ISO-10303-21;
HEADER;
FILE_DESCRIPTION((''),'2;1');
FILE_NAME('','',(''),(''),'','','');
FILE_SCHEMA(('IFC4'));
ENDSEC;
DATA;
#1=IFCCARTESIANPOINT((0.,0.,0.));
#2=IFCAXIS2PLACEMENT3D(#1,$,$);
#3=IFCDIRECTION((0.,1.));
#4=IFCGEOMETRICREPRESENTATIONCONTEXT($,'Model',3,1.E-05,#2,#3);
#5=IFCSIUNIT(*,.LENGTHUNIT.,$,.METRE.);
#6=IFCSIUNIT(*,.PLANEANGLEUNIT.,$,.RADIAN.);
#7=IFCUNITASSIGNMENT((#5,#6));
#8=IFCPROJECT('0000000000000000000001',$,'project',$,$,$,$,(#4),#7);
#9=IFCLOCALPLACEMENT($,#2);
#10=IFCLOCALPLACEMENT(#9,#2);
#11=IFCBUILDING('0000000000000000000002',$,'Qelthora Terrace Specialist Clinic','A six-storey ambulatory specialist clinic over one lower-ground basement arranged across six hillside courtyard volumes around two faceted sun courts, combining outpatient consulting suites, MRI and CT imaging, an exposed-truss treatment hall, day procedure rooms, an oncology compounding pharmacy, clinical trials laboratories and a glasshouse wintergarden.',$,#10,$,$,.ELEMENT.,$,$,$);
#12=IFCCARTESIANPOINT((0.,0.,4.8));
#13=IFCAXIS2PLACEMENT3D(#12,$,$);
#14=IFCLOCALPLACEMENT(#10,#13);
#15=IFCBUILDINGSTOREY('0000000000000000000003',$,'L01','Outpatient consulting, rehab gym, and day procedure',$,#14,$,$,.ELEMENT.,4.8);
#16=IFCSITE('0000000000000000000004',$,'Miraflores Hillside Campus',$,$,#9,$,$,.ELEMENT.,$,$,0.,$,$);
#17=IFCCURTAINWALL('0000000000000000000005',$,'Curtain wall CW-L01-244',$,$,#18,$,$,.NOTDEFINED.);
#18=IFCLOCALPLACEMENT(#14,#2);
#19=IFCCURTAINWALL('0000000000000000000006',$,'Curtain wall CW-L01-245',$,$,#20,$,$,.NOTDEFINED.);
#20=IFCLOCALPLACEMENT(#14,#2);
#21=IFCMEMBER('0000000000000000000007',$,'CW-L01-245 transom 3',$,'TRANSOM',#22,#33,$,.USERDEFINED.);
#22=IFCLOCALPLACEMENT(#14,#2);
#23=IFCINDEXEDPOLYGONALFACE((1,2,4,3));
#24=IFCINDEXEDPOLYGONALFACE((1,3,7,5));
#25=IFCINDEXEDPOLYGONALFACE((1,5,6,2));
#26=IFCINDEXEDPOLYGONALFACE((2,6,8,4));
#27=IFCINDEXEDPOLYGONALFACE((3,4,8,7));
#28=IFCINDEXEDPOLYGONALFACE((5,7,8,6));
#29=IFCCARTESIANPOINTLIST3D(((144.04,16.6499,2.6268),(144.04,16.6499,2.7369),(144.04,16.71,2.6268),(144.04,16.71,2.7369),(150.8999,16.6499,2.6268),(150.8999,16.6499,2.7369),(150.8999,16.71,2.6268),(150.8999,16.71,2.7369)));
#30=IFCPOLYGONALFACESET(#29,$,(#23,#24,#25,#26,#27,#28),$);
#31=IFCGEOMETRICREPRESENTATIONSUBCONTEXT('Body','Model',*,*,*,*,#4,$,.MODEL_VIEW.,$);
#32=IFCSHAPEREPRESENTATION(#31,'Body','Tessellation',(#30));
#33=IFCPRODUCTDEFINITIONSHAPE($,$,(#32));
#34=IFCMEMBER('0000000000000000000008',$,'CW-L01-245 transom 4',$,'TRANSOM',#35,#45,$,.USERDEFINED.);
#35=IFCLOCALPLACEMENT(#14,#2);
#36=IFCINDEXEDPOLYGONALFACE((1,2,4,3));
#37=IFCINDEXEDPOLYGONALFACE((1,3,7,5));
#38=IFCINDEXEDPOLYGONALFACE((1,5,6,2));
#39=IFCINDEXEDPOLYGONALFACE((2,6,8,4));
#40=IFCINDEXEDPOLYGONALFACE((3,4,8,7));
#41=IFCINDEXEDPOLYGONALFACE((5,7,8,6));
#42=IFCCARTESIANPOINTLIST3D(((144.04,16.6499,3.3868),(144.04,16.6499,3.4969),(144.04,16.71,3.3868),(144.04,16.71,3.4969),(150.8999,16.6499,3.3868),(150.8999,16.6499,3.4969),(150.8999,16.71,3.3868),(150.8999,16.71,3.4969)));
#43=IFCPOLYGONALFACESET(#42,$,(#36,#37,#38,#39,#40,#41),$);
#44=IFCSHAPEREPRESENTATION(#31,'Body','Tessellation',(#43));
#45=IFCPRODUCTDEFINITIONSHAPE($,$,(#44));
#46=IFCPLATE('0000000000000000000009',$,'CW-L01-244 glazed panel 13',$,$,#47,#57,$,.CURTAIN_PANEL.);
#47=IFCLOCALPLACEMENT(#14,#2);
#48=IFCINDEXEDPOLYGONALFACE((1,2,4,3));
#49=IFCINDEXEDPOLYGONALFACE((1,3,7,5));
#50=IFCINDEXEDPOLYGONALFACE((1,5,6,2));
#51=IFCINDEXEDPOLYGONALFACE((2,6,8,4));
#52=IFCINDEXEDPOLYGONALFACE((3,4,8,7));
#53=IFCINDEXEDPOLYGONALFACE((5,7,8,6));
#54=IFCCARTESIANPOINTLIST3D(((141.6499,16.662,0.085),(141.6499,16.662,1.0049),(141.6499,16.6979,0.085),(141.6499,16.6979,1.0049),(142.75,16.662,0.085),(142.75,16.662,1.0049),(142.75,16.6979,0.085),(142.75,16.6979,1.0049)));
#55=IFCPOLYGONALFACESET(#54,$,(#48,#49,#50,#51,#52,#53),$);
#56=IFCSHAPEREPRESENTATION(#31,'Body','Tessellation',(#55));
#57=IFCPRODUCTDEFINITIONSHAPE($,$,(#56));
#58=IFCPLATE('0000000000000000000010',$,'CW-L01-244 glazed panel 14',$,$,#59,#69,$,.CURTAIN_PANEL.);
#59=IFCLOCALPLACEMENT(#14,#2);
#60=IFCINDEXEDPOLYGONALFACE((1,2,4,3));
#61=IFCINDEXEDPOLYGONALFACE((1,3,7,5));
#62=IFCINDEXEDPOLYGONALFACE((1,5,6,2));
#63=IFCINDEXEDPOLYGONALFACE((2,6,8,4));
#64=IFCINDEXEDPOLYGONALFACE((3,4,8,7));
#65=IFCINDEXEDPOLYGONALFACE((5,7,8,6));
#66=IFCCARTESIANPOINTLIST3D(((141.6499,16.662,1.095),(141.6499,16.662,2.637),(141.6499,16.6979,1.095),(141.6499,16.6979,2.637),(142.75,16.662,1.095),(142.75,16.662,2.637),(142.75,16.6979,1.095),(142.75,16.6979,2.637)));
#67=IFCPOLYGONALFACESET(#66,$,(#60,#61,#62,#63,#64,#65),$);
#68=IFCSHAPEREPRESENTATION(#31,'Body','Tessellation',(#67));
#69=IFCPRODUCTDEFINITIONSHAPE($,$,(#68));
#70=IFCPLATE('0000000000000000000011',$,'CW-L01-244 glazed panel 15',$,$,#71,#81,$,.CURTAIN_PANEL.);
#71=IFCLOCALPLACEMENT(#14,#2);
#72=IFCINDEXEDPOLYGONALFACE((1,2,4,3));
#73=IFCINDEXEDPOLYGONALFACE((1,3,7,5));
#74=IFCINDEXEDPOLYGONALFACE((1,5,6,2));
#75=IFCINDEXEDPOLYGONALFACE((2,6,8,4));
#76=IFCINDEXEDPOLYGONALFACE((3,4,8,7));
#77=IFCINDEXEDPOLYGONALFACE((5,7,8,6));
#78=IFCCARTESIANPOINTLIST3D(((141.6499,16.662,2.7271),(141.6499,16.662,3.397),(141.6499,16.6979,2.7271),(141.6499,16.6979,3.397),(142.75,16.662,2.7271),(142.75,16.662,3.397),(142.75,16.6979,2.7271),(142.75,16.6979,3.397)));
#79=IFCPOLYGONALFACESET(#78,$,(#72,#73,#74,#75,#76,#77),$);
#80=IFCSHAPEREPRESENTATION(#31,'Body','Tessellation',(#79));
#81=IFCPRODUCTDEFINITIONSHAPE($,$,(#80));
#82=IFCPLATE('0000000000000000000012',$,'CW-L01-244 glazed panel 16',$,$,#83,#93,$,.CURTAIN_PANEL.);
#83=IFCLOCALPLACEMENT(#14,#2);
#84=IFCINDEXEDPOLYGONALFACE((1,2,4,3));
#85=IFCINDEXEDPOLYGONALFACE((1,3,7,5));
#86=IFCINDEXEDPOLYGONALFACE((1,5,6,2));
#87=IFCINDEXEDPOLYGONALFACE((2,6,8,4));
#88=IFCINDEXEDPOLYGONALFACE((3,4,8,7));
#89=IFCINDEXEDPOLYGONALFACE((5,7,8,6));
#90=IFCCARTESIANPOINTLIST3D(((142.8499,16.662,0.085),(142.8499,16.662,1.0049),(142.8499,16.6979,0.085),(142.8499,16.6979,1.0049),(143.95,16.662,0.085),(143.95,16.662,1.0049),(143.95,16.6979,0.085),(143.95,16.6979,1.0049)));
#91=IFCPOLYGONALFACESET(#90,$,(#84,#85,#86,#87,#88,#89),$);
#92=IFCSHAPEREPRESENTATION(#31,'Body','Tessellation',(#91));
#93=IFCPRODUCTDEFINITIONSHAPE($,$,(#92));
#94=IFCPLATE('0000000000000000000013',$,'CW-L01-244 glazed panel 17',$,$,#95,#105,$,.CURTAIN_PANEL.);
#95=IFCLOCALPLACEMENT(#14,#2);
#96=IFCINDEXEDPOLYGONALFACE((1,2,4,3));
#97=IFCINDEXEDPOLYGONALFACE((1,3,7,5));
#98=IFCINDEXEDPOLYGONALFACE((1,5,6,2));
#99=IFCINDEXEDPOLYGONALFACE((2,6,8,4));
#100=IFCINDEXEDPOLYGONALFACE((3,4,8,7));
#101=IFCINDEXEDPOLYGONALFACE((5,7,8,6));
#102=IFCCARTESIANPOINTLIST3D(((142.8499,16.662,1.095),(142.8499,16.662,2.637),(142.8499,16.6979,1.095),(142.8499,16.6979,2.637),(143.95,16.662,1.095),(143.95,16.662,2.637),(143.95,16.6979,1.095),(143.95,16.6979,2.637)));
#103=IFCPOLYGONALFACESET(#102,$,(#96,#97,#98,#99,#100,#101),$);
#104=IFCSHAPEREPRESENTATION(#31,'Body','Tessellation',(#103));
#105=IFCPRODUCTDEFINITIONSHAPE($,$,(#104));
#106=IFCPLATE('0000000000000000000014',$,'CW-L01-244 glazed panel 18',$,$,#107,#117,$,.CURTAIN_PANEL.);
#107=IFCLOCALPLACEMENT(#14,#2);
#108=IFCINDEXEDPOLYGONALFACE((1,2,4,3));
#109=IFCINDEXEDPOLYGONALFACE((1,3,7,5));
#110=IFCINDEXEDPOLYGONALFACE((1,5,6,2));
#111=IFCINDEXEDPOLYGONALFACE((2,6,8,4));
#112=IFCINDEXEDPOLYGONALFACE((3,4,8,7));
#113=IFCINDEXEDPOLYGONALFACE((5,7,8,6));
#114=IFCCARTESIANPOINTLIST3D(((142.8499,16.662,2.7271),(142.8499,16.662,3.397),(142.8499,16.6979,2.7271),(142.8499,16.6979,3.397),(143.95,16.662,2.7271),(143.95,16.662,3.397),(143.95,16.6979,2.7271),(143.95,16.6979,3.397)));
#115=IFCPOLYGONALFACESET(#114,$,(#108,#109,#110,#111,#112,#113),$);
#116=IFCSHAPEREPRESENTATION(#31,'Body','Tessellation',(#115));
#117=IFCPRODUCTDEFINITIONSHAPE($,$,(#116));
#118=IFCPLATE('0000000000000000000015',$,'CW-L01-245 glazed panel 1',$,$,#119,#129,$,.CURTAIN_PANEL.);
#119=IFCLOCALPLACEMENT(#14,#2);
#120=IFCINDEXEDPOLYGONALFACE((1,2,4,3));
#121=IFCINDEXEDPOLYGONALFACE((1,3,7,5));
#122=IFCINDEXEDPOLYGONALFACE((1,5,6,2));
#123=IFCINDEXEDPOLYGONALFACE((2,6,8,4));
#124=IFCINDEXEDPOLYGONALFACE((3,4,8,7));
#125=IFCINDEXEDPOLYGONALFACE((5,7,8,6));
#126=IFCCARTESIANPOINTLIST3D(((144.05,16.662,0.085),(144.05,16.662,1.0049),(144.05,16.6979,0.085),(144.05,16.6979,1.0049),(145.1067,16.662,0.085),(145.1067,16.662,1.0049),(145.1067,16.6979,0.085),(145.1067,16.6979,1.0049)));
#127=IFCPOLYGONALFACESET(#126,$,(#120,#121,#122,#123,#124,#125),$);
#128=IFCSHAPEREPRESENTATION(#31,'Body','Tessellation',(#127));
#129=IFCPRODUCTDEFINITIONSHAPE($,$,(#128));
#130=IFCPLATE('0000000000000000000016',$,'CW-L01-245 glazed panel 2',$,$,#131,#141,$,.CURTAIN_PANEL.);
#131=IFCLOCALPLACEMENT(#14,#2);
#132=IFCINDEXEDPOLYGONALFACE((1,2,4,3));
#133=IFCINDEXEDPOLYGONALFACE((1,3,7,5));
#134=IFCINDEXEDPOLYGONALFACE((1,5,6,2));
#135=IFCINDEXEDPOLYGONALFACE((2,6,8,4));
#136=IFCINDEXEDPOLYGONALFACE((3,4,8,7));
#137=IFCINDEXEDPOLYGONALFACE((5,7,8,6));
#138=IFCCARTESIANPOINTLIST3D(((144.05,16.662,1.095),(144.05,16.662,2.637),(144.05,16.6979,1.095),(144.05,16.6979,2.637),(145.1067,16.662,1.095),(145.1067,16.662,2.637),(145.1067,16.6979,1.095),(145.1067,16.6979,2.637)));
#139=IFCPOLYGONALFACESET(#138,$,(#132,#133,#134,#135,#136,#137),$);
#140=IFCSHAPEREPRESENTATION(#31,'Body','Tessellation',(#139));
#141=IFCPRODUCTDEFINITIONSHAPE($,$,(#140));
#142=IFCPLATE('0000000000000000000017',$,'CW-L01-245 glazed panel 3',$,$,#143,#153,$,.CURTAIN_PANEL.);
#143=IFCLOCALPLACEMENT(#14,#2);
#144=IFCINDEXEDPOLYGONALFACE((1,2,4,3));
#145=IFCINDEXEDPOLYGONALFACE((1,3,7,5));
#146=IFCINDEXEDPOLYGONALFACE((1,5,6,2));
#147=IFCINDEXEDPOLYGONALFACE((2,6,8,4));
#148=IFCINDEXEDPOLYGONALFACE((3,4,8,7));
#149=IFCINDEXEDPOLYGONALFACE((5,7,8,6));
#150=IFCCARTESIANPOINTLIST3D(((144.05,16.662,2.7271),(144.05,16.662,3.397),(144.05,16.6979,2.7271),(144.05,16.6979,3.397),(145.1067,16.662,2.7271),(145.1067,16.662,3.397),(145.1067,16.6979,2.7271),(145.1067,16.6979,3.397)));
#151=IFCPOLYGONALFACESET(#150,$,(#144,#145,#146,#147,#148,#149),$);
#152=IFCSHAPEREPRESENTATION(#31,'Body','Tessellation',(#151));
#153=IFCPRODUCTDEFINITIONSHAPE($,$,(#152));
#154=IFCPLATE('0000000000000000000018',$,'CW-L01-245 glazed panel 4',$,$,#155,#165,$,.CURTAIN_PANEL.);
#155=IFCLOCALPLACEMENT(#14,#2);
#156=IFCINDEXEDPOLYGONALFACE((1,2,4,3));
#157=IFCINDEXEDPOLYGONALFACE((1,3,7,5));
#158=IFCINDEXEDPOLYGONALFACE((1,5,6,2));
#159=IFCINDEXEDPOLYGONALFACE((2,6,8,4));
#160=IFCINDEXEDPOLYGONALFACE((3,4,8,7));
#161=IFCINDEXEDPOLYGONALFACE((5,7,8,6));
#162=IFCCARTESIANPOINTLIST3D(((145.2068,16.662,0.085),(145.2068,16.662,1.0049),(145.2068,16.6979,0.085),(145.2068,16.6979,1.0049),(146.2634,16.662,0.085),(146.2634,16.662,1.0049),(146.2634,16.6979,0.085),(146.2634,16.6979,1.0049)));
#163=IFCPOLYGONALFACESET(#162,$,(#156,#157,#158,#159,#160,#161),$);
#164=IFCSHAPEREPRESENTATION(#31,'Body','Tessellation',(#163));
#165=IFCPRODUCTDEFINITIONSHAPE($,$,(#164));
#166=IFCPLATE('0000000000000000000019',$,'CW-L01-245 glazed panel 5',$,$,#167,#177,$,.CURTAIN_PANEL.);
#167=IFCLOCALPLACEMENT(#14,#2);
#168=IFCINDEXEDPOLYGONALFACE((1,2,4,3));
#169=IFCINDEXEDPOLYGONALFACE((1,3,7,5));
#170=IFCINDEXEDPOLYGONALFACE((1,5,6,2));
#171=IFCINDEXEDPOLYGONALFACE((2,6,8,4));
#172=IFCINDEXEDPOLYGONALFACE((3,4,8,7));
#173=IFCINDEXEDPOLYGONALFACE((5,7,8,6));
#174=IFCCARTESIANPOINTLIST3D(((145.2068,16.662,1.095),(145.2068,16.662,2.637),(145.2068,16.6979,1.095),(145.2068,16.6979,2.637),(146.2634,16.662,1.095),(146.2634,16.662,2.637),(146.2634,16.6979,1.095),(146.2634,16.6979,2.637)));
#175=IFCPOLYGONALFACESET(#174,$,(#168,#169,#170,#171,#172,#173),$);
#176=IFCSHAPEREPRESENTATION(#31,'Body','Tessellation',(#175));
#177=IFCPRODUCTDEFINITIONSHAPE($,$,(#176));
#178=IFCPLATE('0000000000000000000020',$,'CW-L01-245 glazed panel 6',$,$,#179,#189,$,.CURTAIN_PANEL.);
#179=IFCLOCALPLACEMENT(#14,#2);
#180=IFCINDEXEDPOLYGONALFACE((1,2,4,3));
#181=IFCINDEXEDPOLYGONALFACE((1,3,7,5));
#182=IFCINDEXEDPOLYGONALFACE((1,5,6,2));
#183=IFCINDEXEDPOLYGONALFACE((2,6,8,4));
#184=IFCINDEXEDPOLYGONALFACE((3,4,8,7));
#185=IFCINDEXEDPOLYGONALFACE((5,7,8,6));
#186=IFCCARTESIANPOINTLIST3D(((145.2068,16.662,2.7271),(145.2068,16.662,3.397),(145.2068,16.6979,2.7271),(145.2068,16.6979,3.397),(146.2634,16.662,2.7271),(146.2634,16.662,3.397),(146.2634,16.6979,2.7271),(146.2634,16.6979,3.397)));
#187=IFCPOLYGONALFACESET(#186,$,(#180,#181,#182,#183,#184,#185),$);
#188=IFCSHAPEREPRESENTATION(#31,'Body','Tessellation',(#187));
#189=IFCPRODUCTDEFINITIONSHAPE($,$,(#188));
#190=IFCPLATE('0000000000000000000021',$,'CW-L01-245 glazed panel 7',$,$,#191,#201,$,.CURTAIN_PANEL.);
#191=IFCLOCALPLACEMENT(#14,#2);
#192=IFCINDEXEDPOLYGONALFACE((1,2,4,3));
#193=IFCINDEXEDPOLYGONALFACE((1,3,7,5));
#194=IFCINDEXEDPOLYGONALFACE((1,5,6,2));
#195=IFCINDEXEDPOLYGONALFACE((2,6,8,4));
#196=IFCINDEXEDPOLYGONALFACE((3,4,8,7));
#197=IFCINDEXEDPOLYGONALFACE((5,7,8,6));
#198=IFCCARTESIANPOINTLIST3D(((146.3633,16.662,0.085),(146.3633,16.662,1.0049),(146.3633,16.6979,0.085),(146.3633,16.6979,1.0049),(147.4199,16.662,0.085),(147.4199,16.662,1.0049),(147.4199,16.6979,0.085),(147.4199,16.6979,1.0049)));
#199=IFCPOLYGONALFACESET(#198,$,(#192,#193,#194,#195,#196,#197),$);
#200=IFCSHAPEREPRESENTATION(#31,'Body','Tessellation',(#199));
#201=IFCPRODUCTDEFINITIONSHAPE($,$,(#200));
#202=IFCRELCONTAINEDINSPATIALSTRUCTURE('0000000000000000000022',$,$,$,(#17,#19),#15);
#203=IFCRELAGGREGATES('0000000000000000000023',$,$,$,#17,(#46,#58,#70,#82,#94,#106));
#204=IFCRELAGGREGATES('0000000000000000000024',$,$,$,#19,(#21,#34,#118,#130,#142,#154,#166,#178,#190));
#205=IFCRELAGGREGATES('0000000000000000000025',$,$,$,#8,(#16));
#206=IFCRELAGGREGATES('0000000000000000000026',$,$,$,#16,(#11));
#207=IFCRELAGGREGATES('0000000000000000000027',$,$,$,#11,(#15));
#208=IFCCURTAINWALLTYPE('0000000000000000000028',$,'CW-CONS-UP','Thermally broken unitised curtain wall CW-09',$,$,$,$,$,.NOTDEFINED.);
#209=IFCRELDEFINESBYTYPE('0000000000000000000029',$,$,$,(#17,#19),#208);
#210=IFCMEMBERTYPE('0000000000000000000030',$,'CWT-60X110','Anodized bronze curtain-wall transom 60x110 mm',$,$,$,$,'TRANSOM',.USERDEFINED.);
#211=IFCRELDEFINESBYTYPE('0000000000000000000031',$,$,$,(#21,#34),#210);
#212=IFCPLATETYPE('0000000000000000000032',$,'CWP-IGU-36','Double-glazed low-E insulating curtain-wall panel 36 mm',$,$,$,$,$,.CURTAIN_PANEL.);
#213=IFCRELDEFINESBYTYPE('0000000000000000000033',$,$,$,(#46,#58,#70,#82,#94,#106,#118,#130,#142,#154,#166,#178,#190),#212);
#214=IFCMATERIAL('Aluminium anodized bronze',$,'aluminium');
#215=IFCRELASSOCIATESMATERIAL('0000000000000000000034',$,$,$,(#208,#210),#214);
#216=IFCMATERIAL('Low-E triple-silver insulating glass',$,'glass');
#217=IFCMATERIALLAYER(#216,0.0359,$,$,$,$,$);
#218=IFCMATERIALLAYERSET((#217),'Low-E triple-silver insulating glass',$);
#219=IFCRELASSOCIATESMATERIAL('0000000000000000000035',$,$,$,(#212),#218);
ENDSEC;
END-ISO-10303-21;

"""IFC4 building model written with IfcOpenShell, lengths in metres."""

from ifc_helpers import new_model, si_unit, direction, frame, origin, origin_2d, place, context, subcontext, project, spatial, rectangle, extrude, material, layer, layer_set, material_profile, profile_set, type_object, element, aggregate, save


model = new_model("IFC4")

# Units and contexts
model_context = context("Model", 3, precision=1e-05, world=origin(), true_north=direction((0.0, 1.0)))
body_context = subcontext(model_context, "Body", "Model", "MODEL_VIEW")
ifc_project = project(units=[si_unit("LENGTHUNIT", "METRE"), si_unit("PLANEANGLEUNIT", "RADIAN")], contexts=[model_context])

# Site, building, storey
site_placement = place(None, origin())
site = spatial("IfcSite", under=ifc_project, at=site_placement, Name="Miraflores Hillside Campus", CompositionType="ELEMENT", RefElevation=0.0)
building_placement = place(site_placement, origin())
building = spatial("IfcBuilding", under=site, at=building_placement, Name="Qelthora Terrace Specialist Clinic", Description="A six-storey ambulatory specialist clinic over one lower-ground basement arranged across six hillside courtyard volumes around two faceted sun courts, combining outpatient consulting suites, MRI and CT imaging, an exposed-truss treatment hall, day procedure rooms, an oncology compounding pharmacy, clinical trials laboratories and a glasshouse wintergarden.", CompositionType="ELEMENT")
storey_placement = place(building_placement, frame((0.0, 0.0, 4.8)))
storey = spatial("IfcBuildingStorey", under=building, at=storey_placement, Name="L01", Description="Outpatient consulting, rehab gym, and day procedure", CompositionType="ELEMENT", Elevation=4.8)

# Curtain walls, members
ifc_material_1 = material(Name="Aluminium anodized bronze", Category="aluminium")
curtain_wall_type = type_object("IfcCurtainWallType", Name="CW-CONS-UP", Description="Thermally broken unitised curtain wall CW-09", PredefinedType="NOTDEFINED", material=ifc_material_1)
curtain_wall_1_placement = place(storey_placement, origin())
curtain_wall_1 = element("IfcCurtainWall", 1, at=curtain_wall_1_placement, inside=storey, type_object=curtain_wall_type, Name="Curtain wall CW-L01-244", PredefinedType="NOTDEFINED")
curtain_wall_2_placement = place(storey_placement, origin())
curtain_wall_2 = element("IfcCurtainWall", 2, at=curtain_wall_2_placement, inside=storey, type_object=curtain_wall_type, Name="Curtain wall CW-L01-245", PredefinedType="NOTDEFINED")
ifc_material_profile_1 = material_profile(ifc_material_1, rectangle(XDim=0.0601, YDim=0.1101, at=origin_2d()), Name="CWT60X110")
ifc_profile_set_1 = profile_set([ifc_material_profile_1], Name="Aluminium anodized bronze")
member_type_1 = type_object("IfcMemberType", Name="CWT-60X110", Description="Anodized bronze curtain-wall transom 60x110 mm", ElementType="TRANSOM", PredefinedType="USERDEFINED", material=ifc_profile_set_1)
member_1_placement = place(storey_placement, frame((144.04, 16.6799, 2.6819), z_axis=(1.0, 0.0, 0.0), x_axis=(0.0, 1.0, 0.0)))
member_1 = element("IfcMember", 3, at=member_1_placement, type_object=member_type_1, Name="CW-L01-245 transom 3", ObjectType="TRANSOM", PredefinedType="USERDEFINED", context=body_context, shape_type="SweptSolid", body=[
    extrude(rectangle(XDim=0.0601, YDim=0.1101, at=origin_2d()), origin(), (0.0, 0.0, 1.0), 6.8599),
])
member_2_placement = place(storey_placement, frame((144.04, 16.6799, 3.4419), z_axis=(1.0, 0.0, 0.0), x_axis=(0.0, 1.0, 0.0)))
member_2 = element("IfcMember", 4, at=member_2_placement, type_object=member_type_1, Name="CW-L01-245 transom 4", ObjectType="TRANSOM", PredefinedType="USERDEFINED", context=body_context, shape_type="SweptSolid", body=[
    extrude(rectangle(XDim=0.0601, YDim=0.1101, at=origin_2d()), origin(), (0.0, 0.0, 1.0), 6.8599),
])

# Plates
ifc_material_2 = material(Name="Low-E triple-silver insulating glass", Category="glass")
ifc_layer = layer(ifc_material_2, 0.0359)
ifc_layer_set = layer_set([ifc_layer], Name="Low-E triple-silver insulating glass")
plate_type = type_object("IfcPlateType", Name="CWP-IGU-36", Description="Double-glazed low-E insulating curtain-wall panel 36 mm", PredefinedType="CURTAIN_PANEL", material=ifc_layer_set)
plate_1_placement = place(storey_placement, frame((142.2, 16.6799, 0.085), z_axis=(0.0, 0.0, 1.0), x_axis=(1.0, 0.0, 0.0)))
plate_1 = element("IfcPlate", 5, at=plate_1_placement, type_object=plate_type, Name="CW-L01-244 glazed panel 13", PredefinedType="CURTAIN_PANEL", context=body_context, shape_type="SweptSolid", body=[
    extrude(rectangle(XDim=1.1001, YDim=0.0359, at=origin_2d()), origin(), (0.0, 0.0, 1.0), 0.9199),
])
plate_2_placement = place(storey_placement, frame((142.2, 16.6799, 1.095), z_axis=(0.0, 0.0, 1.0), x_axis=(1.0, 0.0, 0.0)))
plate_2 = element("IfcPlate", 6, at=plate_2_placement, type_object=plate_type, Name="CW-L01-244 glazed panel 14", PredefinedType="CURTAIN_PANEL", context=body_context, shape_type="SweptSolid", body=[
    extrude(rectangle(XDim=1.1001, YDim=0.0359, at=origin_2d()), origin(), (0.0, 0.0, 1.0), 1.542),
])
plate_3_placement = place(storey_placement, frame((142.2, 16.6799, 2.7271), z_axis=(0.0, 0.0, 1.0), x_axis=(1.0, 0.0, 0.0)))
plate_3 = element("IfcPlate", 7, at=plate_3_placement, type_object=plate_type, Name="CW-L01-244 glazed panel 15", PredefinedType="CURTAIN_PANEL", context=body_context, shape_type="SweptSolid", body=[
    extrude(rectangle(XDim=1.1001, YDim=0.0359, at=origin_2d()), origin(), (0.0, 0.0, 1.0), 0.6699),
])
plate_4_placement = place(storey_placement, frame((143.3999, 16.6799, 0.085), z_axis=(0.0, 0.0, 1.0), x_axis=(1.0, 0.0, 0.0)))
plate_4 = element("IfcPlate", 8, at=plate_4_placement, type_object=plate_type, Name="CW-L01-244 glazed panel 16", PredefinedType="CURTAIN_PANEL", context=body_context, shape_type="SweptSolid", body=[
    extrude(rectangle(XDim=1.1001, YDim=0.0359, at=origin_2d()), origin(), (0.0, 0.0, 1.0), 0.9199),
])
plate_5_placement = place(storey_placement, frame((143.3999, 16.6799, 1.095), z_axis=(0.0, 0.0, 1.0), x_axis=(1.0, 0.0, 0.0)))
plate_5 = element("IfcPlate", 9, at=plate_5_placement, type_object=plate_type, Name="CW-L01-244 glazed panel 17", PredefinedType="CURTAIN_PANEL", context=body_context, shape_type="SweptSolid", body=[
    extrude(rectangle(XDim=1.1001, YDim=0.0359, at=origin_2d()), origin(), (0.0, 0.0, 1.0), 1.542),
])
plate_6_placement = place(storey_placement, frame((143.3999, 16.6799, 2.7271), z_axis=(0.0, 0.0, 1.0), x_axis=(1.0, 0.0, 0.0)))
plate_6 = element("IfcPlate", 10, at=plate_6_placement, type_object=plate_type, Name="CW-L01-244 glazed panel 18", PredefinedType="CURTAIN_PANEL", context=body_context, shape_type="SweptSolid", body=[
    extrude(rectangle(XDim=1.1001, YDim=0.0359, at=origin_2d()), origin(), (0.0, 0.0, 1.0), 0.6699),
])
aggregate(curtain_wall_1, [plate_1, plate_2, plate_3, plate_4, plate_5, plate_6])
plate_7_placement = place(storey_placement, frame((144.5784, 16.6799, 0.085), z_axis=(0.0, 0.0, 1.0), x_axis=(1.0, 0.0, 0.0)))
plate_7 = element("IfcPlate", 11, at=plate_7_placement, type_object=plate_type, Name="CW-L01-245 glazed panel 1", PredefinedType="CURTAIN_PANEL", context=body_context, shape_type="SweptSolid", body=[
    extrude(rectangle(XDim=1.0566, YDim=0.0359, at=origin_2d()), origin(), (0.0, 0.0, 1.0), 0.9199),
])
plate_8_placement = place(storey_placement, frame((144.5784, 16.6799, 1.095), z_axis=(0.0, 0.0, 1.0), x_axis=(1.0, 0.0, 0.0)))
plate_8 = element("IfcPlate", 12, at=plate_8_placement, type_object=plate_type, Name="CW-L01-245 glazed panel 2", PredefinedType="CURTAIN_PANEL", context=body_context, shape_type="SweptSolid", body=[
    extrude(rectangle(XDim=1.0566, YDim=0.0359, at=origin_2d()), origin(), (0.0, 0.0, 1.0), 1.542),
])
plate_9_placement = place(storey_placement, frame((144.5784, 16.6799, 2.7271), z_axis=(0.0, 0.0, 1.0), x_axis=(1.0, 0.0, 0.0)))
plate_9 = element("IfcPlate", 13, at=plate_9_placement, type_object=plate_type, Name="CW-L01-245 glazed panel 3", PredefinedType="CURTAIN_PANEL", context=body_context, shape_type="SweptSolid", body=[
    extrude(rectangle(XDim=1.0566, YDim=0.0359, at=origin_2d()), origin(), (0.0, 0.0, 1.0), 0.6699),
])
plate_10_placement = place(storey_placement, frame((145.7351, 16.6799, 0.085), z_axis=(0.0, 0.0, 1.0), x_axis=(1.0, 0.0, 0.0)))
plate_10 = element("IfcPlate", 14, at=plate_10_placement, type_object=plate_type, Name="CW-L01-245 glazed panel 4", PredefinedType="CURTAIN_PANEL", context=body_context, shape_type="SweptSolid", body=[
    extrude(rectangle(XDim=1.0566, YDim=0.0359, at=origin_2d()), origin(), (0.0, 0.0, 1.0), 0.9199),
])
plate_11_placement = place(storey_placement, frame((145.7351, 16.6799, 1.095), z_axis=(0.0, 0.0, 1.0), x_axis=(1.0, 0.0, 0.0)))
plate_11 = element("IfcPlate", 15, at=plate_11_placement, type_object=plate_type, Name="CW-L01-245 glazed panel 5", PredefinedType="CURTAIN_PANEL", context=body_context, shape_type="SweptSolid", body=[
    extrude(rectangle(XDim=1.0566, YDim=0.0359, at=origin_2d()), origin(), (0.0, 0.0, 1.0), 1.542),
])
plate_12_placement = place(storey_placement, frame((145.7351, 16.6799, 2.7271), z_axis=(0.0, 0.0, 1.0), x_axis=(1.0, 0.0, 0.0)))
plate_12 = element("IfcPlate", 16, at=plate_12_placement, type_object=plate_type, Name="CW-L01-245 glazed panel 6", PredefinedType="CURTAIN_PANEL", context=body_context, shape_type="SweptSolid", body=[
    extrude(rectangle(XDim=1.0566, YDim=0.0359, at=origin_2d()), origin(), (0.0, 0.0, 1.0), 0.6699),
])
plate_13_placement = place(storey_placement, frame((146.8916, 16.6799, 0.085), z_axis=(0.0, 0.0, 1.0), x_axis=(1.0, 0.0, 0.0)))
plate_13 = element("IfcPlate", 17, at=plate_13_placement, type_object=plate_type, Name="CW-L01-245 glazed panel 7", PredefinedType="CURTAIN_PANEL", context=body_context, shape_type="SweptSolid", body=[
    extrude(rectangle(XDim=1.0566, YDim=0.0359, at=origin_2d()), origin(), (0.0, 0.0, 1.0), 0.9199),
])
aggregate(curtain_wall_2, [member_1, member_2, plate_7, plate_8, plate_9, plate_10, plate_11, plate_12, plate_13])

save(model, "model.ifc")
